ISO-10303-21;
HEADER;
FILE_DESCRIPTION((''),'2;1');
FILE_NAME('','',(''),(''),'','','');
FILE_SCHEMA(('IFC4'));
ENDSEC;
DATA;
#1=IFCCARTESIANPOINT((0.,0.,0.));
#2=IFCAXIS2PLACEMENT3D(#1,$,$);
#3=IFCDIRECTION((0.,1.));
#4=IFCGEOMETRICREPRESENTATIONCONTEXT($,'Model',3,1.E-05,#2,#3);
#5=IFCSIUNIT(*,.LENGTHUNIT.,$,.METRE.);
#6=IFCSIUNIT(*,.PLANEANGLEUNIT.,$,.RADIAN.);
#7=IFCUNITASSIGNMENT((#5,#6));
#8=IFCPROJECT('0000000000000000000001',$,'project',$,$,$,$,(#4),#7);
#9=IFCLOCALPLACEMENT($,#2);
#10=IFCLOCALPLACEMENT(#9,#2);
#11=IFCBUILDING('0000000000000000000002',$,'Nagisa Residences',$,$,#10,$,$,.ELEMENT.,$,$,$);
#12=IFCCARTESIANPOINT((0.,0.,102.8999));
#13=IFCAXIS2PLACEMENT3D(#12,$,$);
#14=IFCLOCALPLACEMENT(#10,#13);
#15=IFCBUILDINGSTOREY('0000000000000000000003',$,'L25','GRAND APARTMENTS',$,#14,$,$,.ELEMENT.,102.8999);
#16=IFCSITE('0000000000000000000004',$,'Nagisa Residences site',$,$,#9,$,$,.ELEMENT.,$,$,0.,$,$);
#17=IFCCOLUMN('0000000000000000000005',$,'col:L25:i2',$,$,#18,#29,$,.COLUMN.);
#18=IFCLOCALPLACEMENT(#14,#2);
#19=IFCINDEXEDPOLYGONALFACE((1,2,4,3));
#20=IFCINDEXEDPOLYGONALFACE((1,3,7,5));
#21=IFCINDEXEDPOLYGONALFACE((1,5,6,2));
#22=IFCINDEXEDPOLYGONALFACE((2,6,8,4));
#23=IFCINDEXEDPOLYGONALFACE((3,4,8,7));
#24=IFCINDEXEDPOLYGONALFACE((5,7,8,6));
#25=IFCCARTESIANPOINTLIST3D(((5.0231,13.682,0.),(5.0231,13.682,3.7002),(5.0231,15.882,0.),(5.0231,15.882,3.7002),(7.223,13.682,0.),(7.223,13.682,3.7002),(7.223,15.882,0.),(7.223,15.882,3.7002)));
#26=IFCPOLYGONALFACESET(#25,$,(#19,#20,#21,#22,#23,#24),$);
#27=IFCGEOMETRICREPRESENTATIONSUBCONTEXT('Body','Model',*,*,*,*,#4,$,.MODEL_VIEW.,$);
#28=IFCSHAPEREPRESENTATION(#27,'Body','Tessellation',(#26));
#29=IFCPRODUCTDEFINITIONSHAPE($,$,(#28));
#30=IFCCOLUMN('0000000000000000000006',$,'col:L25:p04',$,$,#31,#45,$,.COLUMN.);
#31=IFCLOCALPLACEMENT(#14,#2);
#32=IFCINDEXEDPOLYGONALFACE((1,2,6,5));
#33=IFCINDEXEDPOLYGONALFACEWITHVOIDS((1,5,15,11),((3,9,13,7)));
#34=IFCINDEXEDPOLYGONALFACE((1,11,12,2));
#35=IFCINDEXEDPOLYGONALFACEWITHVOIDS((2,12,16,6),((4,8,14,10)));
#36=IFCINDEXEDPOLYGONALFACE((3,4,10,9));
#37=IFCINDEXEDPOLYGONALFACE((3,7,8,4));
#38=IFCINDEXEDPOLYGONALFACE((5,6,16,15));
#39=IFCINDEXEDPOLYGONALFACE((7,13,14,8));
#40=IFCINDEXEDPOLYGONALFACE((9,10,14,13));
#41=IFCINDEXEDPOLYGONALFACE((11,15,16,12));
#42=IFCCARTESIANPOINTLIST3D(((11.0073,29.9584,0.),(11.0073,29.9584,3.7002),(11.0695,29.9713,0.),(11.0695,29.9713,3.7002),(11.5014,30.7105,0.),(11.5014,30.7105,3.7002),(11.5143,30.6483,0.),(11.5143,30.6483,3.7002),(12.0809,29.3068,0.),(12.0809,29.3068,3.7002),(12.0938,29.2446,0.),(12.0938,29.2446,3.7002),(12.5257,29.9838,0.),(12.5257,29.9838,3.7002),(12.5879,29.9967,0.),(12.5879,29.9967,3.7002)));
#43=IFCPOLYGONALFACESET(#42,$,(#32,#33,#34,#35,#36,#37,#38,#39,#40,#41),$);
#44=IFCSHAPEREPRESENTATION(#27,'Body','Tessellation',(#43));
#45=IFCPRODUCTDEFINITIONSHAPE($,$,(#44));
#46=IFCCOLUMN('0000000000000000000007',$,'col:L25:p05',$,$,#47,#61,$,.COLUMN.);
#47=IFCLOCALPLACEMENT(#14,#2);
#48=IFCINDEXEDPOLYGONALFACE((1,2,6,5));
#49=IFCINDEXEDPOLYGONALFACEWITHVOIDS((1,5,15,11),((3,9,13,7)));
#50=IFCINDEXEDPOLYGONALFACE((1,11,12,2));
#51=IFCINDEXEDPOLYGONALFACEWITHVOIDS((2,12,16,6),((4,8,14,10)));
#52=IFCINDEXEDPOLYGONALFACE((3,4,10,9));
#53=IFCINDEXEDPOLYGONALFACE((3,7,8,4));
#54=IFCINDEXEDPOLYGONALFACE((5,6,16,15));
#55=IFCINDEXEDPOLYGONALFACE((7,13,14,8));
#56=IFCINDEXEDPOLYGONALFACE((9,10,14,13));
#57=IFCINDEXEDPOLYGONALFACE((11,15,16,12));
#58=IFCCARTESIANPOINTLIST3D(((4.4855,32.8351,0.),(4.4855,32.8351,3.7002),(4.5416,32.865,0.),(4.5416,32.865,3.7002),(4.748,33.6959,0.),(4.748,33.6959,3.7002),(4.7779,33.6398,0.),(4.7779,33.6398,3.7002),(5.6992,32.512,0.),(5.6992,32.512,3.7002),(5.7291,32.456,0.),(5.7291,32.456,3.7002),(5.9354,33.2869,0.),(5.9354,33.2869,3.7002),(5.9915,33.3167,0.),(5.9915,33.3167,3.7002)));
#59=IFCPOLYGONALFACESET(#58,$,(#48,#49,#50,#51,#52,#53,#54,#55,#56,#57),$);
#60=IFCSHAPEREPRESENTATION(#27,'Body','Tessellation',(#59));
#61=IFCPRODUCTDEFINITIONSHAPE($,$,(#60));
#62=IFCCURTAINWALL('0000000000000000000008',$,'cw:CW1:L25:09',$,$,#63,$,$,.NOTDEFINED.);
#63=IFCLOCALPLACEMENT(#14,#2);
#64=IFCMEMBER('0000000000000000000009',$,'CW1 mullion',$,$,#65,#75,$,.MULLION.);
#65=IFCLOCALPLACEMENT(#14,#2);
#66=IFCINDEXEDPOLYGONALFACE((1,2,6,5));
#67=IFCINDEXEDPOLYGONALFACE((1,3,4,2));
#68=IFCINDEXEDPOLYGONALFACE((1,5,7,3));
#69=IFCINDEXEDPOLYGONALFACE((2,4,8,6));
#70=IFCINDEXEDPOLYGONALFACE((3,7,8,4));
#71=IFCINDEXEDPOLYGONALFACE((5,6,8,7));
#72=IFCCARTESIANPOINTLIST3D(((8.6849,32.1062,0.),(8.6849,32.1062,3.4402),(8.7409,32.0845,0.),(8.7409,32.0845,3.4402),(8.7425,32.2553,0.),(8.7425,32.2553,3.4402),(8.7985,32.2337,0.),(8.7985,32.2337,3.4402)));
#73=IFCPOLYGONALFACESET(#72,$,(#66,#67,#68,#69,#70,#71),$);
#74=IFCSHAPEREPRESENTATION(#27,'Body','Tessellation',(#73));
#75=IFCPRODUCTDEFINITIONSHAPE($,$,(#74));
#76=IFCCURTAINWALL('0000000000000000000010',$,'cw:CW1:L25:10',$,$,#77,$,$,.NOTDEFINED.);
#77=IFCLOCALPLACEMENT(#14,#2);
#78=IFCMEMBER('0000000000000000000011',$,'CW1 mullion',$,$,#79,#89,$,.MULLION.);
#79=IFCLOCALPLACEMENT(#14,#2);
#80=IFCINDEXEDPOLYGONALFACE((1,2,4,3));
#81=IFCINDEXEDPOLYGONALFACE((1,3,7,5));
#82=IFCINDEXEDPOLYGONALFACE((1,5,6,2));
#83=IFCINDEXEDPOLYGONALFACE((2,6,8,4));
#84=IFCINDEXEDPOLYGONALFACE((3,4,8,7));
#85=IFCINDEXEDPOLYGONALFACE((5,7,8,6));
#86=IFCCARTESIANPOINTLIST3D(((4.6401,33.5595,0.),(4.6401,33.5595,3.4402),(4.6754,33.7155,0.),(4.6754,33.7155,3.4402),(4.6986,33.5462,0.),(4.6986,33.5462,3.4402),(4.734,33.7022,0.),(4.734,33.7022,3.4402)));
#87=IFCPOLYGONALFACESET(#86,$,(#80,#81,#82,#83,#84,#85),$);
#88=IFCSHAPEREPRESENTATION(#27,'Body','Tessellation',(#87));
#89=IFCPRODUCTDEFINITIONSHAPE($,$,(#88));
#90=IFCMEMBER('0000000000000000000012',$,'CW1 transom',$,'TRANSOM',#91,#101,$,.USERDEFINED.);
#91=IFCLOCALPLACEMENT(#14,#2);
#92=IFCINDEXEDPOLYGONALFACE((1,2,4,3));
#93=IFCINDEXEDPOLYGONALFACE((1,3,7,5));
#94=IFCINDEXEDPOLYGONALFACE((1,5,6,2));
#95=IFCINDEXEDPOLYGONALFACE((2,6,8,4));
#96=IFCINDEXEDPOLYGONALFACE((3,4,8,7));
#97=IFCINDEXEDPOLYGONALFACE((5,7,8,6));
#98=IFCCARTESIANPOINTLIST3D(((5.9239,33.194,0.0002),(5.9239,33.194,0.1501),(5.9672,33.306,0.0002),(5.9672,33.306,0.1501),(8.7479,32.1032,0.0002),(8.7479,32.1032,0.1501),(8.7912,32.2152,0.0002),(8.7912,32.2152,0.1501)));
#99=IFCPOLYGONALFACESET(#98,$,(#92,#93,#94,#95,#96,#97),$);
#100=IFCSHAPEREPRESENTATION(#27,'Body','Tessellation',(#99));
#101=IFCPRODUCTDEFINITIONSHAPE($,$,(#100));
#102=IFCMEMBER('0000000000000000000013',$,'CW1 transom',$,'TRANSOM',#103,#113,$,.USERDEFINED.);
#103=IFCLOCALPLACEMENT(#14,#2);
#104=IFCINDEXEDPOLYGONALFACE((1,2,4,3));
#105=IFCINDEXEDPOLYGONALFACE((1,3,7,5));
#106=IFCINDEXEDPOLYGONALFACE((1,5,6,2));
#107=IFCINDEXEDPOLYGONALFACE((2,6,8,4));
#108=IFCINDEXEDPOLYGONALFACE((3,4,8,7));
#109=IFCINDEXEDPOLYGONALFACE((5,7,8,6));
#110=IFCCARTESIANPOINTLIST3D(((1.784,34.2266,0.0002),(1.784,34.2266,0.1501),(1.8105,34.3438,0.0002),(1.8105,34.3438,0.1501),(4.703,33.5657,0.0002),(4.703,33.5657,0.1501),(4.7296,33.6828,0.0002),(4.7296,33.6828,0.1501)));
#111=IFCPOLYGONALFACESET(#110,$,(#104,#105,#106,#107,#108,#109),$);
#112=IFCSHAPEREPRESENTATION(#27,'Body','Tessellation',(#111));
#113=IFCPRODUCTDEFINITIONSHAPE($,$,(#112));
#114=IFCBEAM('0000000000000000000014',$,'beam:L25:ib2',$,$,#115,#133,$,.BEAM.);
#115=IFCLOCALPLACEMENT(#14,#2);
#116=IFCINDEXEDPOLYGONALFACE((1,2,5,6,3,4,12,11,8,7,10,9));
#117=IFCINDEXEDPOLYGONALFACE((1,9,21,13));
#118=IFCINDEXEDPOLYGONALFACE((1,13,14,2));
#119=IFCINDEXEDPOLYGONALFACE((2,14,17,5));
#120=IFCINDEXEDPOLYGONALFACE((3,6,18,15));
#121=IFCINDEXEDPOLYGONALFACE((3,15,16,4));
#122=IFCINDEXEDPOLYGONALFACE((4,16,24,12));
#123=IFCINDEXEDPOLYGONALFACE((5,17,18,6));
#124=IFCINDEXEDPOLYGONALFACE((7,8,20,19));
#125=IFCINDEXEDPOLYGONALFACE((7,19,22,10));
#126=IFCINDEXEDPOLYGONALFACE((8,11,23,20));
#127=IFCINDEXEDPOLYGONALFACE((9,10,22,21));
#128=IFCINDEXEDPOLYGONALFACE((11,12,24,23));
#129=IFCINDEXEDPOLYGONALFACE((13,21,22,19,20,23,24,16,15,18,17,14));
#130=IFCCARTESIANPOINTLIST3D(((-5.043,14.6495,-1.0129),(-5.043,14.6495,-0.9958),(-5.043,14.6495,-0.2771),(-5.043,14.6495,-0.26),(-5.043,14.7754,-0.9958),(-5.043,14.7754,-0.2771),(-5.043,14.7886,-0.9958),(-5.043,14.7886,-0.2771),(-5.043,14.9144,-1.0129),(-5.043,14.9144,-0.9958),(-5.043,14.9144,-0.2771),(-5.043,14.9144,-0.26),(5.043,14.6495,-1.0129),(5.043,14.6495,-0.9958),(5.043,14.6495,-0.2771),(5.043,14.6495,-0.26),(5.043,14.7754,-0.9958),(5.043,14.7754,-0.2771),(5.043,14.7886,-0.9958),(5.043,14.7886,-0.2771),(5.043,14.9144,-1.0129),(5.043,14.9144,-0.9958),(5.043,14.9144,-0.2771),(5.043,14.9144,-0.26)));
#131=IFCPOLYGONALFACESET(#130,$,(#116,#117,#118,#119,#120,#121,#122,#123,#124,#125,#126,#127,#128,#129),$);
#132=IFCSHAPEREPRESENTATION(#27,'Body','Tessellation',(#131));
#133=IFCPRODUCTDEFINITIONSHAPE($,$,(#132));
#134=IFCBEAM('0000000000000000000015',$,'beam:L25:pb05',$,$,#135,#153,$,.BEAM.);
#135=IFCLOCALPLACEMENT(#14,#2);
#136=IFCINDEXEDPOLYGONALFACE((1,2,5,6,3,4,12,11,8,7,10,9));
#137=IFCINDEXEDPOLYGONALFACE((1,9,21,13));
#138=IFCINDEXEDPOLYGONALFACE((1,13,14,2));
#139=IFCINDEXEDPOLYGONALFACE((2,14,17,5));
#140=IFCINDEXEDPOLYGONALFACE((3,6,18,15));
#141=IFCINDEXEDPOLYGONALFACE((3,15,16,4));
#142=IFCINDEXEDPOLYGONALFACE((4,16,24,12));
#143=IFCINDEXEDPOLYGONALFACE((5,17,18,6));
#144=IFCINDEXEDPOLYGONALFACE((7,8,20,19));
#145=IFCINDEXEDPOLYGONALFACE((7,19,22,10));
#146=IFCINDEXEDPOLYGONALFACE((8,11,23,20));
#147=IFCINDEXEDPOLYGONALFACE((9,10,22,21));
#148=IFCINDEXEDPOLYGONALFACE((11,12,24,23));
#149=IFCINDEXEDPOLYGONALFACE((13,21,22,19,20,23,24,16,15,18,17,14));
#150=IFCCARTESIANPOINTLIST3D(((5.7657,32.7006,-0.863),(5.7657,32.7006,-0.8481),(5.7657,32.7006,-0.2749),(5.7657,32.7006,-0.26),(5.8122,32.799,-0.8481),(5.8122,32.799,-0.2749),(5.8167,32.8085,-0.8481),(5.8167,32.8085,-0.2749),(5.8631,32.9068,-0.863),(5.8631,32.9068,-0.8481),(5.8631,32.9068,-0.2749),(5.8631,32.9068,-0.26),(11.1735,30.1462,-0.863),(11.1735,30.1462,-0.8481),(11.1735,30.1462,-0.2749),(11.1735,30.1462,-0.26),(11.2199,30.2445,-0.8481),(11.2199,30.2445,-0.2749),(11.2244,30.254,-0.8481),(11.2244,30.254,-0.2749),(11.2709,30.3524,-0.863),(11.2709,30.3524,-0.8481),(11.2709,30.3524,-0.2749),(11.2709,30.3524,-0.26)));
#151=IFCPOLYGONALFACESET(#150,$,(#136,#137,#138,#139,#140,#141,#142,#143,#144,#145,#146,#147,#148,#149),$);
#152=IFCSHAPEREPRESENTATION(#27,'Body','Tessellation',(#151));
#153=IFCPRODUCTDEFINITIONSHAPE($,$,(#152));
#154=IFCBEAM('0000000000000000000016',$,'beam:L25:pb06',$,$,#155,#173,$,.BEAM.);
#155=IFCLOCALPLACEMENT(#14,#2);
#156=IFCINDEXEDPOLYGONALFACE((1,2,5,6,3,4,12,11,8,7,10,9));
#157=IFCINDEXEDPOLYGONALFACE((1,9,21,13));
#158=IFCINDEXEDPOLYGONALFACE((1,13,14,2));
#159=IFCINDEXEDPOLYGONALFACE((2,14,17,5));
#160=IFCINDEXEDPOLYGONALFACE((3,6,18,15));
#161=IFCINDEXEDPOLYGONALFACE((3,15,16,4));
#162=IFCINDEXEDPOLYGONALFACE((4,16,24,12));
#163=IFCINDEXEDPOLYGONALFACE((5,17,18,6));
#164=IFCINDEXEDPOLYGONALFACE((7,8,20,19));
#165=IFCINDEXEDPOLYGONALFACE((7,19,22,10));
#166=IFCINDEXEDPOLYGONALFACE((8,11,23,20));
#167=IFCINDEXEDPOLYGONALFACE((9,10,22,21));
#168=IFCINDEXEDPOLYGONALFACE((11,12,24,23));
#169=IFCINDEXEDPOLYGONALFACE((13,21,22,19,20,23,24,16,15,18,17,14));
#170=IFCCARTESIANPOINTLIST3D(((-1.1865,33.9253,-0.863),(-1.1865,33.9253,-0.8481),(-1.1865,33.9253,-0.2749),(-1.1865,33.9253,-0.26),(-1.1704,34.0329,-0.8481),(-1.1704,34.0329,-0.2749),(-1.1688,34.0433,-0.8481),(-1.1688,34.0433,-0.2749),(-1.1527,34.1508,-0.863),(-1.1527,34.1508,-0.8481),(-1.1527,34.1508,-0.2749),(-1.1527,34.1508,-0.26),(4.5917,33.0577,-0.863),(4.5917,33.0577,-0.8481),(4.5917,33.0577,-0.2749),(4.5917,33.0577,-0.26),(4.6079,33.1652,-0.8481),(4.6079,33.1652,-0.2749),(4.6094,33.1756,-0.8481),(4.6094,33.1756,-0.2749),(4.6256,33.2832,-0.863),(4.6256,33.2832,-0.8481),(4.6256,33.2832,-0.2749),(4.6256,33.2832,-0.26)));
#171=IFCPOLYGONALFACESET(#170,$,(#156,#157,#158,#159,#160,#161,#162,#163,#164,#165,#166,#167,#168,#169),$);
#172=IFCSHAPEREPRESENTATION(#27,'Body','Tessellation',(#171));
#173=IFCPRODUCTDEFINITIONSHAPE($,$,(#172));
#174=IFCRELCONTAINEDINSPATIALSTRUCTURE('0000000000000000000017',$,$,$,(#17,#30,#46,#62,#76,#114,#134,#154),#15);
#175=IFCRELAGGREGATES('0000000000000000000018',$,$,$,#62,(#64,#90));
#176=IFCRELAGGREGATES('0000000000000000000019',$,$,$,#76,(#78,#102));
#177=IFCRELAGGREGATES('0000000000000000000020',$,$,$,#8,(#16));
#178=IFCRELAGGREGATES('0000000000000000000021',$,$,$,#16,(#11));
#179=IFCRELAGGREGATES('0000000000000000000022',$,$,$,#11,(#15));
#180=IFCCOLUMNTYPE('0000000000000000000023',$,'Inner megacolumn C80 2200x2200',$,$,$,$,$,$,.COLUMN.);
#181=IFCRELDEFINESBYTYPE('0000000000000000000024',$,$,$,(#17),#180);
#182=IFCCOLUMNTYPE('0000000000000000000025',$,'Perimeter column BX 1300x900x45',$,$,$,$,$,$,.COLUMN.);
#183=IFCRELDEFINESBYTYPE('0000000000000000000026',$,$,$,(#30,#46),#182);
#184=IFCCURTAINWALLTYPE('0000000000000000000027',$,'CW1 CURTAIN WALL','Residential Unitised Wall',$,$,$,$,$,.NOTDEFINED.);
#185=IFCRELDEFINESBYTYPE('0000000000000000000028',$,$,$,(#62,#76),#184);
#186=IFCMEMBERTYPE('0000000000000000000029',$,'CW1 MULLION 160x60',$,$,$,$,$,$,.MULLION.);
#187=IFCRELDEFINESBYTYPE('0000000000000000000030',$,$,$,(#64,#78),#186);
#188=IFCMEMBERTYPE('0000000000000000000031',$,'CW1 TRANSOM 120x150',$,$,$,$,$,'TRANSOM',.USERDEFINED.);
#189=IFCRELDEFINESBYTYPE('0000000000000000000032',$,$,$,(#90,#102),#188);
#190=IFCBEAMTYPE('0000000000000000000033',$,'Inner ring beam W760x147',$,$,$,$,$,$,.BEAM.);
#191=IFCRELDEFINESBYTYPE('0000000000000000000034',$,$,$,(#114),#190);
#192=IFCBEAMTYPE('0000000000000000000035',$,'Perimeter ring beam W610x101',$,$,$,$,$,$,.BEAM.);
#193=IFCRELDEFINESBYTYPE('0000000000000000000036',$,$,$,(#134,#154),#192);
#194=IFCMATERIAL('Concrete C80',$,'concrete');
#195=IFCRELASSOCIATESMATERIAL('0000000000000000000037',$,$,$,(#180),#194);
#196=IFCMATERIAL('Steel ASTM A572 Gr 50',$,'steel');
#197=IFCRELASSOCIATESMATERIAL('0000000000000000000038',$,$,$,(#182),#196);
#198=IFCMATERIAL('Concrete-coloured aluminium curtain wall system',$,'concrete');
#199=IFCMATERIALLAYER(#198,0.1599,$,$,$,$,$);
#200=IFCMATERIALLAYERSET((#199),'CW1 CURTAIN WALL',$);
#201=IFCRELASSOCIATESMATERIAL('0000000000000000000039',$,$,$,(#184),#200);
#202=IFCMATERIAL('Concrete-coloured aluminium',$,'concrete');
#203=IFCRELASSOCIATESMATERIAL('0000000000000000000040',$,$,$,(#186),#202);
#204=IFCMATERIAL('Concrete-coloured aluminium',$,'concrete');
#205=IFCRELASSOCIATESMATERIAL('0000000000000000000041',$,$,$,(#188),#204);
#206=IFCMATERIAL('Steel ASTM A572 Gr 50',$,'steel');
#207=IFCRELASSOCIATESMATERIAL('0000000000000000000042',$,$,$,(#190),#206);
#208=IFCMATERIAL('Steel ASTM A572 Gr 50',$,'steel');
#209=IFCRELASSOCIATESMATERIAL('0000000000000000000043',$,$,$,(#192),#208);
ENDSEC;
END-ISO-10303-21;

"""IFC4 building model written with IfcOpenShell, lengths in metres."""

from ifc_helpers import new_model, si_unit, direction, frame, origin, origin_2d, place, context, subcontext, project, spatial, rectangle, hollow_rectangle, i_section, extrude, material, layer, layer_set, material_profile, profile_set, type_object, element, aggregate, save


model = new_model("IFC4")

# Units and contexts
model_context = context("Model", 3, precision=1e-05, world=origin(), true_north=direction((0.0, 1.0)))
body_context = subcontext(model_context, "Body", "Model", "MODEL_VIEW")
ifc_project = project(units=[si_unit("LENGTHUNIT", "METRE"), si_unit("PLANEANGLEUNIT", "RADIAN")], contexts=[model_context])

# Site, building, storey
site_placement = place(None, origin())
site = spatial("IfcSite", under=ifc_project, at=site_placement, Name="Nagisa Residences site", CompositionType="ELEMENT", RefElevation=0.0)
building_placement = place(site_placement, origin())
building = spatial("IfcBuilding", under=site, at=building_placement, Name="Nagisa Residences", CompositionType="ELEMENT")
storey_placement = place(building_placement, frame((0.0, 0.0, 102.8999)))
storey = spatial("IfcBuildingStorey", under=building, at=storey_placement, Name="L25", Description="GRAND APARTMENTS", CompositionType="ELEMENT", Elevation=102.8999)

# Columns
ifc_material_1 = material(Name="Concrete C80", Category="concrete")
ifc_material_profile_1 = material_profile(ifc_material_1, rectangle(XDim=2.2, YDim=2.2, at=origin_2d()), Name="C80 2200x2200")
ifc_profile_set_1 = profile_set([ifc_material_profile_1], Name="Concrete C80")
column_type_1 = type_object("IfcColumnType", Name="Inner megacolumn C80 2200x2200", PredefinedType="COLUMN", material=ifc_profile_set_1)
column_placement = place(storey_placement, frame((6.123, 14.782, 0.0), z_axis=(0.0, 0.0, 1.0), x_axis=(1.0, 0.0, 0.0)))
element("IfcColumn", 1, at=column_placement, inside=storey, type_object=column_type_1, Name="col:L25:i2", PredefinedType="COLUMN", context=body_context, shape_type="SweptSolid", body=[
    extrude(rectangle(XDim=2.2, YDim=2.2, at=origin_2d()), origin(), (0.0, 0.0, 1.0), 3.7002),
])
ifc_material_2 = material(Name="Steel ASTM A572 Gr 50", Category="steel")
ifc_material_profile_2 = material_profile(ifc_material_2, hollow_rectangle(XDim=1.3, YDim=0.8999, WallThickness=0.0449, at=origin_2d()), Name="BX 1300x900x45")
ifc_profile_set_2 = profile_set([ifc_material_profile_2], Name="Steel ASTM A572 Gr 50")
column_type_2 = type_object("IfcColumnType", Name="Perimeter column BX 1300x900x45", PredefinedType="COLUMN", material=ifc_profile_set_2)
for number, where, z_axis, x_axis, name in (
    (2, (11.7976, 29.9775, 0.0), (0.0, 0.0, 1.0), (-0.835766, 0.549086, 0.0), "col:L25:p04"),
    (3, (5.2385, 33.0759, 0.0), (0.0, 0.0, 1.0), (-0.956525, 0.291652, 0.0), "col:L25:p05"),
):
    element("IfcColumn", number, at=place(storey_placement, frame(where, z_axis=z_axis, x_axis=x_axis)), inside=storey, type_object=column_type_2, Name=name, PredefinedType="COLUMN", context=body_context, shape_type="SweptSolid", body=[
        extrude(hollow_rectangle(XDim=1.3, YDim=0.8999, WallThickness=0.0449, at=origin_2d()), origin(), (0.0, 0.0, 1.0), 3.7002),
    ])

# Curtain walls, members
ifc_material_3 = material(Name="Concrete-coloured aluminium curtain wall system", Category="concrete")
ifc_layer_1 = layer(ifc_material_3, 0.1599)
ifc_layer_set_1 = layer_set([ifc_layer_1], Name="CW1 CURTAIN WALL")
curtain_wall_type = type_object("IfcCurtainWallType", Name="CW1 CURTAIN WALL", Description="Residential Unitised Wall", PredefinedType="NOTDEFINED", material=ifc_layer_set_1)
curtain_wall_1_placement = place(storey_placement, origin())
curtain_wall_1 = element("IfcCurtainWall", 4, at=curtain_wall_1_placement, inside=storey, type_object=curtain_wall_type, Name="cw:CW1:L25:09", PredefinedType="NOTDEFINED")
ifc_material_4 = material(Name="Concrete-coloured aluminium", Category="concrete")
ifc_material_profile_3 = material_profile(ifc_material_4, rectangle(XDim=0.1599, YDim=0.0601, at=origin_2d()), Name="CW1 MULLION 160x60")
ifc_profile_set_3 = profile_set([ifc_material_profile_3], Name="Concrete-coloured aluminium")
member_type_1 = type_object("IfcMemberType", Name="CW1 MULLION 160x60", PredefinedType="MULLION", material=ifc_profile_set_3)
member_1_placement = place(storey_placement, frame((8.7417, 32.1699, 0.0), z_axis=(0.0, 0.0, 1.0), x_axis=(-0.360328, -0.932826, 0.0)))
member_1 = element("IfcMember", 5, at=member_1_placement, type_object=member_type_1, Name="CW1 mullion", PredefinedType="MULLION", context=body_context, shape_type="SweptSolid", body=[
    extrude(rectangle(XDim=0.1599, YDim=0.0601, at=origin_2d()), origin(), (0.0, 0.0, 1.0), 3.4402),
])
curtain_wall_2_placement = place(storey_placement, origin())
curtain_wall_2 = element("IfcCurtainWall", 6, at=curtain_wall_2_placement, inside=storey, type_object=curtain_wall_type, Name="cw:CW1:L25:10", PredefinedType="NOTDEFINED")
member_2_placement = place(storey_placement, frame((4.687, 33.6309, 0.0), z_axis=(0.0, 0.0, 1.0), x_axis=(-0.220764, -0.975327, 0.0)))
member_2 = element("IfcMember", 7, at=member_2_placement, type_object=member_type_1, Name="CW1 mullion", PredefinedType="MULLION", context=body_context, shape_type="SweptSolid", body=[
    extrude(rectangle(XDim=0.1599, YDim=0.0601, at=origin_2d()), origin(), (0.0, 0.0, 1.0), 3.4402),
])

# Members
ifc_material_5 = material(Name="Concrete-coloured aluminium", Category="concrete")
ifc_material_profile_4 = material_profile(ifc_material_5, rectangle(XDim=0.1201, YDim=0.1499, at=origin_2d()), Name="CW1 TRANSOM 120x150")
ifc_profile_set_4 = profile_set([ifc_material_profile_4], Name="Concrete-coloured aluminium")
member_type_2 = type_object("IfcMemberType", Name="CW1 TRANSOM 120x150", ElementType="TRANSOM", PredefinedType="USERDEFINED", material=ifc_profile_set_4)
member_3_placement = place(storey_placement, frame((8.7695, 32.1592, 0.0752), z_axis=(-0.932827, 0.360324, 0.0), x_axis=(-0.360324, -0.932827, 0.0)))
member_3 = element("IfcMember", 8, at=member_3_placement, type_object=member_type_2, Name="CW1 transom", ObjectType="TRANSOM", PredefinedType="USERDEFINED", context=body_context, shape_type="SweptSolid", body=[
    extrude(rectangle(XDim=0.1201, YDim=0.1499, at=origin_2d()), origin(), (0.0, 0.0, 1.0), 3.0273),
])
member_4_placement = place(storey_placement, frame((4.7163, 33.6243, 0.0752), z_axis=(-0.975314, 0.220824, 0.0), x_axis=(-0.220824, -0.975314, 0.0)))
member_4 = element("IfcMember", 9, at=member_4_placement, type_object=member_type_2, Name="CW1 transom", ObjectType="TRANSOM", PredefinedType="USERDEFINED", context=body_context, shape_type="SweptSolid", body=[
    extrude(rectangle(XDim=0.1201, YDim=0.1499, at=origin_2d()), origin(), (0.0, 0.0, 1.0), 2.9929),
])

# Beams
ifc_material_6 = material(Name="Steel ASTM A572 Gr 50", Category="steel")
ifc_material_profile_5 = material_profile(ifc_material_6, i_section(OverallWidth=0.2649, OverallDepth=0.7529, WebThickness=0.0132, FlangeThickness=0.0171, at=origin_2d()), Name="W760x147")
ifc_profile_set_5 = profile_set([ifc_material_profile_5], Name="Steel ASTM A572 Gr 50")
beam_type_1 = type_object("IfcBeamType", Name="Inner ring beam W760x147", PredefinedType="BEAM", material=ifc_profile_set_5)
beam_1_placement = place(storey_placement, frame((5.043, 14.782, -0.6365), z_axis=(-1.0, 0.0, 0.0), x_axis=(0.0, -1.0, 0.0)))
element("IfcBeam", 10, at=beam_1_placement, inside=storey, type_object=beam_type_1, Name="beam:L25:ib2", PredefinedType="BEAM", context=body_context, shape_type="SweptSolid", body=[
    extrude(i_section(OverallWidth=0.2649, OverallDepth=0.7529, WebThickness=0.0132, FlangeThickness=0.0171, at=origin_2d()), origin(), (0.0, 0.0, 1.0), 10.0859),
])
ifc_material_7 = material(Name="Steel ASTM A572 Gr 50", Category="steel")
ifc_material_profile_6 = material_profile(ifc_material_7, i_section(OverallWidth=0.228, OverallDepth=0.603, WebThickness=0.0105, FlangeThickness=0.0149, at=origin_2d()), Name="W610x101")
ifc_profile_set_6 = profile_set([ifc_material_profile_6], Name="Steel ASTM A572 Gr 50")
beam_type_2 = type_object("IfcBeamType", Name="Perimeter ring beam W610x101", PredefinedType="BEAM", material=ifc_profile_set_6)
beam_2_placement = place(storey_placement, frame((11.2222, 30.2493, -0.5615), z_axis=(-0.904197, 0.427116, 0.0), x_axis=(-0.427116, -0.904197, 0.0)))
element("IfcBeam", 11, at=beam_2_placement, inside=storey, type_object=beam_type_2, Name="beam:L25:pb05", PredefinedType="BEAM", context=body_context, shape_type="SweptSolid", body=[
    extrude(i_section(OverallWidth=0.228, OverallDepth=0.603, WebThickness=0.0105, FlangeThickness=0.0149, at=origin_2d()), origin(), (0.0, 0.0, 1.0), 5.9807),
])
beam_3_placement = place(storey_placement, frame((4.6086, 33.1704, -0.5615), z_axis=(-0.988913, 0.148496, 0.0), x_axis=(-0.148496, -0.988913, 0.0)))
element("IfcBeam", 12, at=beam_3_placement, inside=storey, type_object=beam_type_2, Name="beam:L25:pb06", PredefinedType="BEAM", context=body_context, shape_type="SweptSolid", body=[
    extrude(i_section(OverallWidth=0.228, OverallDepth=0.603, WebThickness=0.0105, FlangeThickness=0.0149, at=origin_2d()), origin(), (0.0, 0.0, 1.0), 5.843),
])

aggregate(curtain_wall_1, [member_1, member_3])
aggregate(curtain_wall_2, [member_2, member_4])

save(model, "model.ifc")
